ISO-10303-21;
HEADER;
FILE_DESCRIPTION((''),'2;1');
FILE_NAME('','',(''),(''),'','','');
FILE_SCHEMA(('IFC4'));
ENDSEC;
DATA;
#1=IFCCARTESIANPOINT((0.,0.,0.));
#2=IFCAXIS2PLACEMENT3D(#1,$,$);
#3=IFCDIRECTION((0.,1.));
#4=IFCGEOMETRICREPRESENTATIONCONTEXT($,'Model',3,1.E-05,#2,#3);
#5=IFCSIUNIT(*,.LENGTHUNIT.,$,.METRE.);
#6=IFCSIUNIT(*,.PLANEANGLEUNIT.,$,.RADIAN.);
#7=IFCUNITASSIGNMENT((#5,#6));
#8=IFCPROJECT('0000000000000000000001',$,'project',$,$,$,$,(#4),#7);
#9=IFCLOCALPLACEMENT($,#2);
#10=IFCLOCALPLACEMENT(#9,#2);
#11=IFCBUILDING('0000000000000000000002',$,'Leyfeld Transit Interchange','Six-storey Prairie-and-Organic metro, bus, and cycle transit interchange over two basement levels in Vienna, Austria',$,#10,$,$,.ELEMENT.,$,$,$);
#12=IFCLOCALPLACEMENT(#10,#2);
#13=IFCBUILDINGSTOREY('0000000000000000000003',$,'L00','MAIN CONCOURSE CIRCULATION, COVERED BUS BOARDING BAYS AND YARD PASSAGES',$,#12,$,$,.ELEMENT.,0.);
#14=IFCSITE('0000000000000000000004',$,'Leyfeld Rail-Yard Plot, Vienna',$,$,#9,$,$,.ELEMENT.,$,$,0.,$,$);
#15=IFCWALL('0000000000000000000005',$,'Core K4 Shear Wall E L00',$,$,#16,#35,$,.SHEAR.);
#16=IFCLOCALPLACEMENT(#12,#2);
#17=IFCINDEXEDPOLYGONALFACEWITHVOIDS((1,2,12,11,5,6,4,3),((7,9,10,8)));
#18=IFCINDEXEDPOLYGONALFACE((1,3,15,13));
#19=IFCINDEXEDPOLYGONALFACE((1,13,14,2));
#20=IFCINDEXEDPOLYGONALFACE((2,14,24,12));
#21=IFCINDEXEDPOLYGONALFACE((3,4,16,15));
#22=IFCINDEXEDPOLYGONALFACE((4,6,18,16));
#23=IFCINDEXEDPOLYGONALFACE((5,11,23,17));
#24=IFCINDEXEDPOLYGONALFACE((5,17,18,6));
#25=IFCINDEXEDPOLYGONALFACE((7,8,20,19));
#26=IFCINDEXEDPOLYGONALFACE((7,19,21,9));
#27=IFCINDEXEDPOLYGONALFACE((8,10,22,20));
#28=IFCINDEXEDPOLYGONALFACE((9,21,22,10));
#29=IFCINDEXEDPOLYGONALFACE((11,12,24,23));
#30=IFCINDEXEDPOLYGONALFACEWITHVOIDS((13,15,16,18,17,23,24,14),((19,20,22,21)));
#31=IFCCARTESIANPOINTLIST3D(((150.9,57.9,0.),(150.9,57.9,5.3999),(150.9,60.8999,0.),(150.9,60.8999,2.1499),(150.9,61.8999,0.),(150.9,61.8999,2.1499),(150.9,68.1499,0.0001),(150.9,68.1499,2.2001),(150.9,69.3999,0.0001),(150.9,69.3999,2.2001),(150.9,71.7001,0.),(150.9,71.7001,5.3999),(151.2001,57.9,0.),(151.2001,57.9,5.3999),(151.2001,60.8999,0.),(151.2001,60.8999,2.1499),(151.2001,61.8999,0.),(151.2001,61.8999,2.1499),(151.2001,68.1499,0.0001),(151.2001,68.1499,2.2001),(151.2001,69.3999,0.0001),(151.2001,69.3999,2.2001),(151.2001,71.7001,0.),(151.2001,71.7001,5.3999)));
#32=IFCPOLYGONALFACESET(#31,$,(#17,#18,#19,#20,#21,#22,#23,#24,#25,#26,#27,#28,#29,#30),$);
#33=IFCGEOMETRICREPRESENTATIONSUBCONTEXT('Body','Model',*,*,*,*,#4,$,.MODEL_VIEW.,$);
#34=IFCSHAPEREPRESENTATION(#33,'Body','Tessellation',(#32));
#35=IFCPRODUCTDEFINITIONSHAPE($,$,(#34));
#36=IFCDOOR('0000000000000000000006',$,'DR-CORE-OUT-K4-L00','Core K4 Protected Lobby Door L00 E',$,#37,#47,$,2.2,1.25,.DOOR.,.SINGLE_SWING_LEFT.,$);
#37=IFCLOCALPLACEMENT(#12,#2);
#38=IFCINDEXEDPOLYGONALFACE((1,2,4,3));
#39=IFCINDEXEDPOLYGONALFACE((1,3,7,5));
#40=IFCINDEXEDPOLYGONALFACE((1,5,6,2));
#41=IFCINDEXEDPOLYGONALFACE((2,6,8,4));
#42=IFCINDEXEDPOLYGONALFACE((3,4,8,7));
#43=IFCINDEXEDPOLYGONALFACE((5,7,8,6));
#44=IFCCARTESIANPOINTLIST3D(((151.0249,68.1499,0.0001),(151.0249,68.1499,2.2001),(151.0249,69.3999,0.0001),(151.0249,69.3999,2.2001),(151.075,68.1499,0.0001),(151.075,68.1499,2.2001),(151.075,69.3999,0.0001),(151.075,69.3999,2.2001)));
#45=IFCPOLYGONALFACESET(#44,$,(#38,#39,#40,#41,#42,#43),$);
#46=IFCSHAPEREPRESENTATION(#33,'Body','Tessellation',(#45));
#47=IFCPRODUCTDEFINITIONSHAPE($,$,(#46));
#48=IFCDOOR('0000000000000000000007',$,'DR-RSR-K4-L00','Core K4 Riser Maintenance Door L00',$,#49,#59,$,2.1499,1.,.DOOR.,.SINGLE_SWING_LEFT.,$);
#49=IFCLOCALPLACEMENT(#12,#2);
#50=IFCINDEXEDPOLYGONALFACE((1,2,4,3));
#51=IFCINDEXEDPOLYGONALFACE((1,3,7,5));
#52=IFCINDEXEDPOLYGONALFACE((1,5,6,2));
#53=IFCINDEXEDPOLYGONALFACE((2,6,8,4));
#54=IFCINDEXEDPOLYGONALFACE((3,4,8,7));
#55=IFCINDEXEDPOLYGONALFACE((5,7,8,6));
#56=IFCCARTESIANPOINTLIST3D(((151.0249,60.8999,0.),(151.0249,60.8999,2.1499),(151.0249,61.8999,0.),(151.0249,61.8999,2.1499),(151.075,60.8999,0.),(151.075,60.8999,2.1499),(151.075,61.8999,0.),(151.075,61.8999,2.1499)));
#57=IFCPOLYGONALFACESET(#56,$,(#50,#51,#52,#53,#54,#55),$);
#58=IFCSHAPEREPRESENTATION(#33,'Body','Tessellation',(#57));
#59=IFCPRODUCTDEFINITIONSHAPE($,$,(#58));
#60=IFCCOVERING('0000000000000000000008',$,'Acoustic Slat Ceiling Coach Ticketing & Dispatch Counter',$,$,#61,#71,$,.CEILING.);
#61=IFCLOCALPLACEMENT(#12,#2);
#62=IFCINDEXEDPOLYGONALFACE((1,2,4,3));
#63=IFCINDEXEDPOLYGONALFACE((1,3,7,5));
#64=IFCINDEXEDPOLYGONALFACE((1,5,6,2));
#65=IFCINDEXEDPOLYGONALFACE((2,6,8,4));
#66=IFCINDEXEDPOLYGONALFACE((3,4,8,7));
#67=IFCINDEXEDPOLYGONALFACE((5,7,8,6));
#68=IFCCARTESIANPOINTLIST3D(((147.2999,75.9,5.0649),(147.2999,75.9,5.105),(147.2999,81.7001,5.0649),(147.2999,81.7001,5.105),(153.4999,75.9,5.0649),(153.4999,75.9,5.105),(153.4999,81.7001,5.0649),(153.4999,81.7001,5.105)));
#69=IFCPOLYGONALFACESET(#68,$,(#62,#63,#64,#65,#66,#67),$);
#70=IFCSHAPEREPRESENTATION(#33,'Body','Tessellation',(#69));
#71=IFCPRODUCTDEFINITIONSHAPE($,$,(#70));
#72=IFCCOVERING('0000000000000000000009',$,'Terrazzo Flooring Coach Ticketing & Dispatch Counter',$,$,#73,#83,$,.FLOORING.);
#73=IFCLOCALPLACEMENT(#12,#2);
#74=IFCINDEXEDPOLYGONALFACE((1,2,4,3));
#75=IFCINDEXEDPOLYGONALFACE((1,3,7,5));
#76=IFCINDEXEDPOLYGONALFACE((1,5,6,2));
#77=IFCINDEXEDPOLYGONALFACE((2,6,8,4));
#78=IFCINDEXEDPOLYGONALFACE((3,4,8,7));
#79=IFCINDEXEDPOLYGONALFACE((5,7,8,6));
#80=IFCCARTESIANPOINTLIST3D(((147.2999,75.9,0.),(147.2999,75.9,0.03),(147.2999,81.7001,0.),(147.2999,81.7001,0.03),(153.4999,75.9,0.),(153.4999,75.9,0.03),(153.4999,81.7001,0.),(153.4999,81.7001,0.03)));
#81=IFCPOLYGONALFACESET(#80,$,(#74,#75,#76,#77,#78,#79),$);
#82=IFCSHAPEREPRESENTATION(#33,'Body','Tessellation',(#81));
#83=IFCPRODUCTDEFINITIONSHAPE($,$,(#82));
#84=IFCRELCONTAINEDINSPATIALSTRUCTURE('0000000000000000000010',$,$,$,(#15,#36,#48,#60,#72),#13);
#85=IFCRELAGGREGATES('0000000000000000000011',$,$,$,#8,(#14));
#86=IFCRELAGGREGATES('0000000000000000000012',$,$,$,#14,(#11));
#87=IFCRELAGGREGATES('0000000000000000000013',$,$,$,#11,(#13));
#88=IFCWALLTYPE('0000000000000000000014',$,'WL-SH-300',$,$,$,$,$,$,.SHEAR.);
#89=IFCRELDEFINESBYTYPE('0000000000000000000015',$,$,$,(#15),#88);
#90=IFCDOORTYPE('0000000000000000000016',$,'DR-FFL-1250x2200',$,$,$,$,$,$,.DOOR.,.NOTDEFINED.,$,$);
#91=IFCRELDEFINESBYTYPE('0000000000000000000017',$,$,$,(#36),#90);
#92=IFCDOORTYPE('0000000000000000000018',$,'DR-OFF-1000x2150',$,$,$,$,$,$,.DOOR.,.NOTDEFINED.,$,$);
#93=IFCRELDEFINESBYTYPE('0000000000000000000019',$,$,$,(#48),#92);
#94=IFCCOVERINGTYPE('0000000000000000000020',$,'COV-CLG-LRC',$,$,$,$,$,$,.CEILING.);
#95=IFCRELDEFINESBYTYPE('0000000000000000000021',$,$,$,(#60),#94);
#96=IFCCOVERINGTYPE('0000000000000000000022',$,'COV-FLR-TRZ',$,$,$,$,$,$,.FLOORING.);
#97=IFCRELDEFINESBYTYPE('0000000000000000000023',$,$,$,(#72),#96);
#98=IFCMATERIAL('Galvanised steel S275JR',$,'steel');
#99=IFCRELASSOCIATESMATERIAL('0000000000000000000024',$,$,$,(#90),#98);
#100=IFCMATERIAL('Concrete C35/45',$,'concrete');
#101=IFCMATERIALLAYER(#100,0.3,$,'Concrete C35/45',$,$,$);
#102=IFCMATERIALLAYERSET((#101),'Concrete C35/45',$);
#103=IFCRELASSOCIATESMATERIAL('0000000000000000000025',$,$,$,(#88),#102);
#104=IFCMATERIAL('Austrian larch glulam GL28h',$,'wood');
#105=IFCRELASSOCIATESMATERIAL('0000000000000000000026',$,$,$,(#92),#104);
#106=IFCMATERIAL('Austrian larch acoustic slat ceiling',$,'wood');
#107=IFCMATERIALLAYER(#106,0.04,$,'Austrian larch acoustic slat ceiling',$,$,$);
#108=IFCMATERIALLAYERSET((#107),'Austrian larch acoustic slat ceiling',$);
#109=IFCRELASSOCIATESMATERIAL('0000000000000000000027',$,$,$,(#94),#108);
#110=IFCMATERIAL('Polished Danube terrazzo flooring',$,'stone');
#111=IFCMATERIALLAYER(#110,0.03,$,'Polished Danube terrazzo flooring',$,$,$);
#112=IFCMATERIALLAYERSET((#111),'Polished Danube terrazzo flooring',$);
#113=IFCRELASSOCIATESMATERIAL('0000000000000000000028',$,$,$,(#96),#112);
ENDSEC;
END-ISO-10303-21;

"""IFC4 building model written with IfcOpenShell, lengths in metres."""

from ifc_helpers import new_model, si_unit, direction, frame, frame_2d, origin, origin_2d, place, context, subcontext, project, spatial, rectangle, extrude, material, layer, layer_set, type_object, element, fill, save


model = new_model("IFC4")

# Units and contexts
model_context = context("Model", 3, precision=1e-05, world=origin(), true_north=direction((0.0, 1.0)))
body_context = subcontext(model_context, "Body", "Model", "MODEL_VIEW")
ifc_project = project(units=[si_unit("LENGTHUNIT", "METRE"), si_unit("PLANEANGLEUNIT", "RADIAN")], contexts=[model_context])

# Site, building, storey
site_placement = place(None, origin())
site = spatial("IfcSite", under=ifc_project, at=site_placement, Name="Leyfeld Rail-Yard Plot, Vienna", CompositionType="ELEMENT", RefElevation=0.0)
building_placement = place(site_placement, origin())
building = spatial("IfcBuilding", under=site, at=building_placement, Name="Leyfeld Transit Interchange", Description="Six-storey Prairie-and-Organic metro, bus, and cycle transit interchange over two basement levels in Vienna, Austria", CompositionType="ELEMENT")
storey_placement = place(building_placement, origin())
storey = spatial("IfcBuildingStorey", under=building, at=storey_placement, Name="L00", Description="MAIN CONCOURSE CIRCULATION, COVERED BUS BOARDING BAYS AND YARD PASSAGES", CompositionType="ELEMENT", Elevation=0.0)

# Shared definitions
ifc_material_1 = material(Name="Concrete C35/45", Category="concrete")

# Shared definitions
ifc_material_2 = material(Name="Galvanised steel S275JR", Category="steel")
door_type_1 = type_object("IfcDoorType", Name="DR-FFL-1250x2200", OperationType="NOTDEFINED", PredefinedType="DOOR", material=ifc_material_2)

# Wall, openings, doors
ifc_layer_1 = layer(ifc_material_1, 0.3, Name="Concrete C35/45")
ifc_layer_set_1 = layer_set([ifc_layer_1], Name="Concrete C35/45")
wall_type_1 = type_object("IfcWallType", Name="WL-SH-300", PredefinedType="SHEAR", material=ifc_layer_set_1)
wall_1_placement = place(storey_placement, frame((151.05, 71.7, 0.0), z_axis=(0.0, 0.0, 1.0), x_axis=(0.0, -1.0, 0.0)))
wall_1 = element("IfcWall", 1, at=wall_1_placement, inside=storey, type_object=wall_type_1, Name="Core K4 Shear Wall E L00", PredefinedType="SHEAR", context=body_context, shape_type="SweptSolid", body=[
    extrude(rectangle(XDim=13.8, YDim=0.3, at=frame_2d((6.8999, 0.0))), origin(), (0.0, 0.0, 1.0), 5.3999),
])
opening_1_placement = place(wall_1_placement, frame((9.8, 0.0, 0.0)))
opening_1 = element("IfcOpeningElement", 2, at=opening_1_placement, cuts=wall_1, PredefinedType="OPENING", context=body_context, shape_type="SweptSolid", body=[
    extrude(rectangle(XDim=1.0, YDim=2.1499, at=frame_2d((0.5, 1.075))), frame((0.0, 0.1599, 0.0), z_axis=(0.0, -1.0, 0.0), x_axis=(1.0, 0.0, 0.0)), (0.0, 0.0, 1.0), 0.3201),
])
opening_2_placement = place(wall_1_placement, frame((2.3, 0.0, 0.0)))
opening_2 = element("IfcOpeningElement", 3, at=opening_2_placement, cuts=wall_1, PredefinedType="OPENING", context=body_context, shape_type="SweptSolid", body=[
    extrude(rectangle(XDim=1.25, YDim=2.2, at=frame_2d((0.625, 1.1001))), frame((0.0, 0.1599, 0.0), z_axis=(0.0, -1.0, 0.0), x_axis=(1.0, 0.0, 0.0)), (0.0, 0.0, 1.0), 0.3201),
])
door_1_placement = place(opening_2_placement, origin())
door_1 = element("IfcDoor", 4, at=door_1_placement, inside=storey, type_object=door_type_1, Name="DR-CORE-OUT-K4-L00", Description="Core K4 Protected Lobby Door L00 E", OperationType="SINGLE_SWING_LEFT", OverallHeight=2.2, OverallWidth=1.25, PredefinedType="DOOR", context=body_context, shape_type="SweptSolid", body=[
    extrude(rectangle(XDim=1.25, YDim=2.2, at=frame_2d((0.625, 1.1001))), frame((0.0, 0.0249, 0.0), z_axis=(0.0, -1.0, 0.0), x_axis=(1.0, 0.0, 0.0)), (0.0, 0.0, 1.0), 0.05),
])
fill(opening_2, door_1)
ifc_material_3 = material(Name="Austrian larch glulam GL28h", Category="wood")
door_type_2 = type_object("IfcDoorType", Name="DR-OFF-1000x2150", OperationType="NOTDEFINED", PredefinedType="DOOR", material=ifc_material_3)
door_2_placement = place(opening_1_placement, origin())
door_2 = element("IfcDoor", 5, at=door_2_placement, inside=storey, type_object=door_type_2, Name="DR-RSR-K4-L00", Description="Core K4 Riser Maintenance Door L00", OperationType="SINGLE_SWING_LEFT", OverallHeight=2.1499, OverallWidth=1.0, PredefinedType="DOOR", context=body_context, shape_type="SweptSolid", body=[
    extrude(rectangle(XDim=1.0, YDim=2.1499, at=frame_2d((0.5, 1.075))), frame((0.0, 0.0249, 0.0), z_axis=(0.0, -1.0, 0.0), x_axis=(1.0, 0.0, 0.0)), (0.0, 0.0, 1.0), 0.05),
])
fill(opening_1, door_2)

# Coverings
ifc_material_4 = material(Name="Austrian larch acoustic slat ceiling", Category="wood")
ifc_layer_2 = layer(ifc_material_4, 0.04, Name="Austrian larch acoustic slat ceiling")
ifc_layer_set_2 = layer_set([ifc_layer_2], Name="Austrian larch acoustic slat ceiling")
covering_type_1 = type_object("IfcCoveringType", Name="COV-CLG-LRC", PredefinedType="CEILING", material=ifc_layer_set_2)
covering_1_placement = place(storey_placement, frame((150.3999, 78.8, 5.0649), z_axis=(0.0, 0.0, 1.0), x_axis=(1.0, 0.0, 0.0)))
element("IfcCovering", 6, at=covering_1_placement, inside=storey, type_object=covering_type_1, Name="Acoustic Slat Ceiling Coach Ticketing & Dispatch Counter", PredefinedType="CEILING", context=body_context, shape_type="SweptSolid", body=[
    extrude(rectangle(XDim=6.2, YDim=5.8, at=origin_2d()), origin(), (0.0, 0.0, 1.0), 0.04),
])
ifc_material_5 = material(Name="Polished Danube terrazzo flooring", Category="stone")
ifc_layer_3 = layer(ifc_material_5, 0.03, Name="Polished Danube terrazzo flooring")
ifc_layer_set_3 = layer_set([ifc_layer_3], Name="Polished Danube terrazzo flooring")
covering_type_2 = type_object("IfcCoveringType", Name="COV-FLR-TRZ", PredefinedType="FLOORING", material=ifc_layer_set_3)
covering_2_placement = place(storey_placement, frame((150.3999, 78.8, 0.0), z_axis=(0.0, 0.0, 1.0), x_axis=(1.0, 0.0, 0.0)))
element("IfcCovering", 7, at=covering_2_placement, inside=storey, type_object=covering_type_2, Name="Terrazzo Flooring Coach Ticketing & Dispatch Counter", PredefinedType="FLOORING", context=body_context, shape_type="SweptSolid", body=[
    extrude(rectangle(XDim=6.2, YDim=5.8, at=origin_2d()), origin(), (0.0, 0.0, 1.0), 0.03),
])

save(model, "model.ifc")
